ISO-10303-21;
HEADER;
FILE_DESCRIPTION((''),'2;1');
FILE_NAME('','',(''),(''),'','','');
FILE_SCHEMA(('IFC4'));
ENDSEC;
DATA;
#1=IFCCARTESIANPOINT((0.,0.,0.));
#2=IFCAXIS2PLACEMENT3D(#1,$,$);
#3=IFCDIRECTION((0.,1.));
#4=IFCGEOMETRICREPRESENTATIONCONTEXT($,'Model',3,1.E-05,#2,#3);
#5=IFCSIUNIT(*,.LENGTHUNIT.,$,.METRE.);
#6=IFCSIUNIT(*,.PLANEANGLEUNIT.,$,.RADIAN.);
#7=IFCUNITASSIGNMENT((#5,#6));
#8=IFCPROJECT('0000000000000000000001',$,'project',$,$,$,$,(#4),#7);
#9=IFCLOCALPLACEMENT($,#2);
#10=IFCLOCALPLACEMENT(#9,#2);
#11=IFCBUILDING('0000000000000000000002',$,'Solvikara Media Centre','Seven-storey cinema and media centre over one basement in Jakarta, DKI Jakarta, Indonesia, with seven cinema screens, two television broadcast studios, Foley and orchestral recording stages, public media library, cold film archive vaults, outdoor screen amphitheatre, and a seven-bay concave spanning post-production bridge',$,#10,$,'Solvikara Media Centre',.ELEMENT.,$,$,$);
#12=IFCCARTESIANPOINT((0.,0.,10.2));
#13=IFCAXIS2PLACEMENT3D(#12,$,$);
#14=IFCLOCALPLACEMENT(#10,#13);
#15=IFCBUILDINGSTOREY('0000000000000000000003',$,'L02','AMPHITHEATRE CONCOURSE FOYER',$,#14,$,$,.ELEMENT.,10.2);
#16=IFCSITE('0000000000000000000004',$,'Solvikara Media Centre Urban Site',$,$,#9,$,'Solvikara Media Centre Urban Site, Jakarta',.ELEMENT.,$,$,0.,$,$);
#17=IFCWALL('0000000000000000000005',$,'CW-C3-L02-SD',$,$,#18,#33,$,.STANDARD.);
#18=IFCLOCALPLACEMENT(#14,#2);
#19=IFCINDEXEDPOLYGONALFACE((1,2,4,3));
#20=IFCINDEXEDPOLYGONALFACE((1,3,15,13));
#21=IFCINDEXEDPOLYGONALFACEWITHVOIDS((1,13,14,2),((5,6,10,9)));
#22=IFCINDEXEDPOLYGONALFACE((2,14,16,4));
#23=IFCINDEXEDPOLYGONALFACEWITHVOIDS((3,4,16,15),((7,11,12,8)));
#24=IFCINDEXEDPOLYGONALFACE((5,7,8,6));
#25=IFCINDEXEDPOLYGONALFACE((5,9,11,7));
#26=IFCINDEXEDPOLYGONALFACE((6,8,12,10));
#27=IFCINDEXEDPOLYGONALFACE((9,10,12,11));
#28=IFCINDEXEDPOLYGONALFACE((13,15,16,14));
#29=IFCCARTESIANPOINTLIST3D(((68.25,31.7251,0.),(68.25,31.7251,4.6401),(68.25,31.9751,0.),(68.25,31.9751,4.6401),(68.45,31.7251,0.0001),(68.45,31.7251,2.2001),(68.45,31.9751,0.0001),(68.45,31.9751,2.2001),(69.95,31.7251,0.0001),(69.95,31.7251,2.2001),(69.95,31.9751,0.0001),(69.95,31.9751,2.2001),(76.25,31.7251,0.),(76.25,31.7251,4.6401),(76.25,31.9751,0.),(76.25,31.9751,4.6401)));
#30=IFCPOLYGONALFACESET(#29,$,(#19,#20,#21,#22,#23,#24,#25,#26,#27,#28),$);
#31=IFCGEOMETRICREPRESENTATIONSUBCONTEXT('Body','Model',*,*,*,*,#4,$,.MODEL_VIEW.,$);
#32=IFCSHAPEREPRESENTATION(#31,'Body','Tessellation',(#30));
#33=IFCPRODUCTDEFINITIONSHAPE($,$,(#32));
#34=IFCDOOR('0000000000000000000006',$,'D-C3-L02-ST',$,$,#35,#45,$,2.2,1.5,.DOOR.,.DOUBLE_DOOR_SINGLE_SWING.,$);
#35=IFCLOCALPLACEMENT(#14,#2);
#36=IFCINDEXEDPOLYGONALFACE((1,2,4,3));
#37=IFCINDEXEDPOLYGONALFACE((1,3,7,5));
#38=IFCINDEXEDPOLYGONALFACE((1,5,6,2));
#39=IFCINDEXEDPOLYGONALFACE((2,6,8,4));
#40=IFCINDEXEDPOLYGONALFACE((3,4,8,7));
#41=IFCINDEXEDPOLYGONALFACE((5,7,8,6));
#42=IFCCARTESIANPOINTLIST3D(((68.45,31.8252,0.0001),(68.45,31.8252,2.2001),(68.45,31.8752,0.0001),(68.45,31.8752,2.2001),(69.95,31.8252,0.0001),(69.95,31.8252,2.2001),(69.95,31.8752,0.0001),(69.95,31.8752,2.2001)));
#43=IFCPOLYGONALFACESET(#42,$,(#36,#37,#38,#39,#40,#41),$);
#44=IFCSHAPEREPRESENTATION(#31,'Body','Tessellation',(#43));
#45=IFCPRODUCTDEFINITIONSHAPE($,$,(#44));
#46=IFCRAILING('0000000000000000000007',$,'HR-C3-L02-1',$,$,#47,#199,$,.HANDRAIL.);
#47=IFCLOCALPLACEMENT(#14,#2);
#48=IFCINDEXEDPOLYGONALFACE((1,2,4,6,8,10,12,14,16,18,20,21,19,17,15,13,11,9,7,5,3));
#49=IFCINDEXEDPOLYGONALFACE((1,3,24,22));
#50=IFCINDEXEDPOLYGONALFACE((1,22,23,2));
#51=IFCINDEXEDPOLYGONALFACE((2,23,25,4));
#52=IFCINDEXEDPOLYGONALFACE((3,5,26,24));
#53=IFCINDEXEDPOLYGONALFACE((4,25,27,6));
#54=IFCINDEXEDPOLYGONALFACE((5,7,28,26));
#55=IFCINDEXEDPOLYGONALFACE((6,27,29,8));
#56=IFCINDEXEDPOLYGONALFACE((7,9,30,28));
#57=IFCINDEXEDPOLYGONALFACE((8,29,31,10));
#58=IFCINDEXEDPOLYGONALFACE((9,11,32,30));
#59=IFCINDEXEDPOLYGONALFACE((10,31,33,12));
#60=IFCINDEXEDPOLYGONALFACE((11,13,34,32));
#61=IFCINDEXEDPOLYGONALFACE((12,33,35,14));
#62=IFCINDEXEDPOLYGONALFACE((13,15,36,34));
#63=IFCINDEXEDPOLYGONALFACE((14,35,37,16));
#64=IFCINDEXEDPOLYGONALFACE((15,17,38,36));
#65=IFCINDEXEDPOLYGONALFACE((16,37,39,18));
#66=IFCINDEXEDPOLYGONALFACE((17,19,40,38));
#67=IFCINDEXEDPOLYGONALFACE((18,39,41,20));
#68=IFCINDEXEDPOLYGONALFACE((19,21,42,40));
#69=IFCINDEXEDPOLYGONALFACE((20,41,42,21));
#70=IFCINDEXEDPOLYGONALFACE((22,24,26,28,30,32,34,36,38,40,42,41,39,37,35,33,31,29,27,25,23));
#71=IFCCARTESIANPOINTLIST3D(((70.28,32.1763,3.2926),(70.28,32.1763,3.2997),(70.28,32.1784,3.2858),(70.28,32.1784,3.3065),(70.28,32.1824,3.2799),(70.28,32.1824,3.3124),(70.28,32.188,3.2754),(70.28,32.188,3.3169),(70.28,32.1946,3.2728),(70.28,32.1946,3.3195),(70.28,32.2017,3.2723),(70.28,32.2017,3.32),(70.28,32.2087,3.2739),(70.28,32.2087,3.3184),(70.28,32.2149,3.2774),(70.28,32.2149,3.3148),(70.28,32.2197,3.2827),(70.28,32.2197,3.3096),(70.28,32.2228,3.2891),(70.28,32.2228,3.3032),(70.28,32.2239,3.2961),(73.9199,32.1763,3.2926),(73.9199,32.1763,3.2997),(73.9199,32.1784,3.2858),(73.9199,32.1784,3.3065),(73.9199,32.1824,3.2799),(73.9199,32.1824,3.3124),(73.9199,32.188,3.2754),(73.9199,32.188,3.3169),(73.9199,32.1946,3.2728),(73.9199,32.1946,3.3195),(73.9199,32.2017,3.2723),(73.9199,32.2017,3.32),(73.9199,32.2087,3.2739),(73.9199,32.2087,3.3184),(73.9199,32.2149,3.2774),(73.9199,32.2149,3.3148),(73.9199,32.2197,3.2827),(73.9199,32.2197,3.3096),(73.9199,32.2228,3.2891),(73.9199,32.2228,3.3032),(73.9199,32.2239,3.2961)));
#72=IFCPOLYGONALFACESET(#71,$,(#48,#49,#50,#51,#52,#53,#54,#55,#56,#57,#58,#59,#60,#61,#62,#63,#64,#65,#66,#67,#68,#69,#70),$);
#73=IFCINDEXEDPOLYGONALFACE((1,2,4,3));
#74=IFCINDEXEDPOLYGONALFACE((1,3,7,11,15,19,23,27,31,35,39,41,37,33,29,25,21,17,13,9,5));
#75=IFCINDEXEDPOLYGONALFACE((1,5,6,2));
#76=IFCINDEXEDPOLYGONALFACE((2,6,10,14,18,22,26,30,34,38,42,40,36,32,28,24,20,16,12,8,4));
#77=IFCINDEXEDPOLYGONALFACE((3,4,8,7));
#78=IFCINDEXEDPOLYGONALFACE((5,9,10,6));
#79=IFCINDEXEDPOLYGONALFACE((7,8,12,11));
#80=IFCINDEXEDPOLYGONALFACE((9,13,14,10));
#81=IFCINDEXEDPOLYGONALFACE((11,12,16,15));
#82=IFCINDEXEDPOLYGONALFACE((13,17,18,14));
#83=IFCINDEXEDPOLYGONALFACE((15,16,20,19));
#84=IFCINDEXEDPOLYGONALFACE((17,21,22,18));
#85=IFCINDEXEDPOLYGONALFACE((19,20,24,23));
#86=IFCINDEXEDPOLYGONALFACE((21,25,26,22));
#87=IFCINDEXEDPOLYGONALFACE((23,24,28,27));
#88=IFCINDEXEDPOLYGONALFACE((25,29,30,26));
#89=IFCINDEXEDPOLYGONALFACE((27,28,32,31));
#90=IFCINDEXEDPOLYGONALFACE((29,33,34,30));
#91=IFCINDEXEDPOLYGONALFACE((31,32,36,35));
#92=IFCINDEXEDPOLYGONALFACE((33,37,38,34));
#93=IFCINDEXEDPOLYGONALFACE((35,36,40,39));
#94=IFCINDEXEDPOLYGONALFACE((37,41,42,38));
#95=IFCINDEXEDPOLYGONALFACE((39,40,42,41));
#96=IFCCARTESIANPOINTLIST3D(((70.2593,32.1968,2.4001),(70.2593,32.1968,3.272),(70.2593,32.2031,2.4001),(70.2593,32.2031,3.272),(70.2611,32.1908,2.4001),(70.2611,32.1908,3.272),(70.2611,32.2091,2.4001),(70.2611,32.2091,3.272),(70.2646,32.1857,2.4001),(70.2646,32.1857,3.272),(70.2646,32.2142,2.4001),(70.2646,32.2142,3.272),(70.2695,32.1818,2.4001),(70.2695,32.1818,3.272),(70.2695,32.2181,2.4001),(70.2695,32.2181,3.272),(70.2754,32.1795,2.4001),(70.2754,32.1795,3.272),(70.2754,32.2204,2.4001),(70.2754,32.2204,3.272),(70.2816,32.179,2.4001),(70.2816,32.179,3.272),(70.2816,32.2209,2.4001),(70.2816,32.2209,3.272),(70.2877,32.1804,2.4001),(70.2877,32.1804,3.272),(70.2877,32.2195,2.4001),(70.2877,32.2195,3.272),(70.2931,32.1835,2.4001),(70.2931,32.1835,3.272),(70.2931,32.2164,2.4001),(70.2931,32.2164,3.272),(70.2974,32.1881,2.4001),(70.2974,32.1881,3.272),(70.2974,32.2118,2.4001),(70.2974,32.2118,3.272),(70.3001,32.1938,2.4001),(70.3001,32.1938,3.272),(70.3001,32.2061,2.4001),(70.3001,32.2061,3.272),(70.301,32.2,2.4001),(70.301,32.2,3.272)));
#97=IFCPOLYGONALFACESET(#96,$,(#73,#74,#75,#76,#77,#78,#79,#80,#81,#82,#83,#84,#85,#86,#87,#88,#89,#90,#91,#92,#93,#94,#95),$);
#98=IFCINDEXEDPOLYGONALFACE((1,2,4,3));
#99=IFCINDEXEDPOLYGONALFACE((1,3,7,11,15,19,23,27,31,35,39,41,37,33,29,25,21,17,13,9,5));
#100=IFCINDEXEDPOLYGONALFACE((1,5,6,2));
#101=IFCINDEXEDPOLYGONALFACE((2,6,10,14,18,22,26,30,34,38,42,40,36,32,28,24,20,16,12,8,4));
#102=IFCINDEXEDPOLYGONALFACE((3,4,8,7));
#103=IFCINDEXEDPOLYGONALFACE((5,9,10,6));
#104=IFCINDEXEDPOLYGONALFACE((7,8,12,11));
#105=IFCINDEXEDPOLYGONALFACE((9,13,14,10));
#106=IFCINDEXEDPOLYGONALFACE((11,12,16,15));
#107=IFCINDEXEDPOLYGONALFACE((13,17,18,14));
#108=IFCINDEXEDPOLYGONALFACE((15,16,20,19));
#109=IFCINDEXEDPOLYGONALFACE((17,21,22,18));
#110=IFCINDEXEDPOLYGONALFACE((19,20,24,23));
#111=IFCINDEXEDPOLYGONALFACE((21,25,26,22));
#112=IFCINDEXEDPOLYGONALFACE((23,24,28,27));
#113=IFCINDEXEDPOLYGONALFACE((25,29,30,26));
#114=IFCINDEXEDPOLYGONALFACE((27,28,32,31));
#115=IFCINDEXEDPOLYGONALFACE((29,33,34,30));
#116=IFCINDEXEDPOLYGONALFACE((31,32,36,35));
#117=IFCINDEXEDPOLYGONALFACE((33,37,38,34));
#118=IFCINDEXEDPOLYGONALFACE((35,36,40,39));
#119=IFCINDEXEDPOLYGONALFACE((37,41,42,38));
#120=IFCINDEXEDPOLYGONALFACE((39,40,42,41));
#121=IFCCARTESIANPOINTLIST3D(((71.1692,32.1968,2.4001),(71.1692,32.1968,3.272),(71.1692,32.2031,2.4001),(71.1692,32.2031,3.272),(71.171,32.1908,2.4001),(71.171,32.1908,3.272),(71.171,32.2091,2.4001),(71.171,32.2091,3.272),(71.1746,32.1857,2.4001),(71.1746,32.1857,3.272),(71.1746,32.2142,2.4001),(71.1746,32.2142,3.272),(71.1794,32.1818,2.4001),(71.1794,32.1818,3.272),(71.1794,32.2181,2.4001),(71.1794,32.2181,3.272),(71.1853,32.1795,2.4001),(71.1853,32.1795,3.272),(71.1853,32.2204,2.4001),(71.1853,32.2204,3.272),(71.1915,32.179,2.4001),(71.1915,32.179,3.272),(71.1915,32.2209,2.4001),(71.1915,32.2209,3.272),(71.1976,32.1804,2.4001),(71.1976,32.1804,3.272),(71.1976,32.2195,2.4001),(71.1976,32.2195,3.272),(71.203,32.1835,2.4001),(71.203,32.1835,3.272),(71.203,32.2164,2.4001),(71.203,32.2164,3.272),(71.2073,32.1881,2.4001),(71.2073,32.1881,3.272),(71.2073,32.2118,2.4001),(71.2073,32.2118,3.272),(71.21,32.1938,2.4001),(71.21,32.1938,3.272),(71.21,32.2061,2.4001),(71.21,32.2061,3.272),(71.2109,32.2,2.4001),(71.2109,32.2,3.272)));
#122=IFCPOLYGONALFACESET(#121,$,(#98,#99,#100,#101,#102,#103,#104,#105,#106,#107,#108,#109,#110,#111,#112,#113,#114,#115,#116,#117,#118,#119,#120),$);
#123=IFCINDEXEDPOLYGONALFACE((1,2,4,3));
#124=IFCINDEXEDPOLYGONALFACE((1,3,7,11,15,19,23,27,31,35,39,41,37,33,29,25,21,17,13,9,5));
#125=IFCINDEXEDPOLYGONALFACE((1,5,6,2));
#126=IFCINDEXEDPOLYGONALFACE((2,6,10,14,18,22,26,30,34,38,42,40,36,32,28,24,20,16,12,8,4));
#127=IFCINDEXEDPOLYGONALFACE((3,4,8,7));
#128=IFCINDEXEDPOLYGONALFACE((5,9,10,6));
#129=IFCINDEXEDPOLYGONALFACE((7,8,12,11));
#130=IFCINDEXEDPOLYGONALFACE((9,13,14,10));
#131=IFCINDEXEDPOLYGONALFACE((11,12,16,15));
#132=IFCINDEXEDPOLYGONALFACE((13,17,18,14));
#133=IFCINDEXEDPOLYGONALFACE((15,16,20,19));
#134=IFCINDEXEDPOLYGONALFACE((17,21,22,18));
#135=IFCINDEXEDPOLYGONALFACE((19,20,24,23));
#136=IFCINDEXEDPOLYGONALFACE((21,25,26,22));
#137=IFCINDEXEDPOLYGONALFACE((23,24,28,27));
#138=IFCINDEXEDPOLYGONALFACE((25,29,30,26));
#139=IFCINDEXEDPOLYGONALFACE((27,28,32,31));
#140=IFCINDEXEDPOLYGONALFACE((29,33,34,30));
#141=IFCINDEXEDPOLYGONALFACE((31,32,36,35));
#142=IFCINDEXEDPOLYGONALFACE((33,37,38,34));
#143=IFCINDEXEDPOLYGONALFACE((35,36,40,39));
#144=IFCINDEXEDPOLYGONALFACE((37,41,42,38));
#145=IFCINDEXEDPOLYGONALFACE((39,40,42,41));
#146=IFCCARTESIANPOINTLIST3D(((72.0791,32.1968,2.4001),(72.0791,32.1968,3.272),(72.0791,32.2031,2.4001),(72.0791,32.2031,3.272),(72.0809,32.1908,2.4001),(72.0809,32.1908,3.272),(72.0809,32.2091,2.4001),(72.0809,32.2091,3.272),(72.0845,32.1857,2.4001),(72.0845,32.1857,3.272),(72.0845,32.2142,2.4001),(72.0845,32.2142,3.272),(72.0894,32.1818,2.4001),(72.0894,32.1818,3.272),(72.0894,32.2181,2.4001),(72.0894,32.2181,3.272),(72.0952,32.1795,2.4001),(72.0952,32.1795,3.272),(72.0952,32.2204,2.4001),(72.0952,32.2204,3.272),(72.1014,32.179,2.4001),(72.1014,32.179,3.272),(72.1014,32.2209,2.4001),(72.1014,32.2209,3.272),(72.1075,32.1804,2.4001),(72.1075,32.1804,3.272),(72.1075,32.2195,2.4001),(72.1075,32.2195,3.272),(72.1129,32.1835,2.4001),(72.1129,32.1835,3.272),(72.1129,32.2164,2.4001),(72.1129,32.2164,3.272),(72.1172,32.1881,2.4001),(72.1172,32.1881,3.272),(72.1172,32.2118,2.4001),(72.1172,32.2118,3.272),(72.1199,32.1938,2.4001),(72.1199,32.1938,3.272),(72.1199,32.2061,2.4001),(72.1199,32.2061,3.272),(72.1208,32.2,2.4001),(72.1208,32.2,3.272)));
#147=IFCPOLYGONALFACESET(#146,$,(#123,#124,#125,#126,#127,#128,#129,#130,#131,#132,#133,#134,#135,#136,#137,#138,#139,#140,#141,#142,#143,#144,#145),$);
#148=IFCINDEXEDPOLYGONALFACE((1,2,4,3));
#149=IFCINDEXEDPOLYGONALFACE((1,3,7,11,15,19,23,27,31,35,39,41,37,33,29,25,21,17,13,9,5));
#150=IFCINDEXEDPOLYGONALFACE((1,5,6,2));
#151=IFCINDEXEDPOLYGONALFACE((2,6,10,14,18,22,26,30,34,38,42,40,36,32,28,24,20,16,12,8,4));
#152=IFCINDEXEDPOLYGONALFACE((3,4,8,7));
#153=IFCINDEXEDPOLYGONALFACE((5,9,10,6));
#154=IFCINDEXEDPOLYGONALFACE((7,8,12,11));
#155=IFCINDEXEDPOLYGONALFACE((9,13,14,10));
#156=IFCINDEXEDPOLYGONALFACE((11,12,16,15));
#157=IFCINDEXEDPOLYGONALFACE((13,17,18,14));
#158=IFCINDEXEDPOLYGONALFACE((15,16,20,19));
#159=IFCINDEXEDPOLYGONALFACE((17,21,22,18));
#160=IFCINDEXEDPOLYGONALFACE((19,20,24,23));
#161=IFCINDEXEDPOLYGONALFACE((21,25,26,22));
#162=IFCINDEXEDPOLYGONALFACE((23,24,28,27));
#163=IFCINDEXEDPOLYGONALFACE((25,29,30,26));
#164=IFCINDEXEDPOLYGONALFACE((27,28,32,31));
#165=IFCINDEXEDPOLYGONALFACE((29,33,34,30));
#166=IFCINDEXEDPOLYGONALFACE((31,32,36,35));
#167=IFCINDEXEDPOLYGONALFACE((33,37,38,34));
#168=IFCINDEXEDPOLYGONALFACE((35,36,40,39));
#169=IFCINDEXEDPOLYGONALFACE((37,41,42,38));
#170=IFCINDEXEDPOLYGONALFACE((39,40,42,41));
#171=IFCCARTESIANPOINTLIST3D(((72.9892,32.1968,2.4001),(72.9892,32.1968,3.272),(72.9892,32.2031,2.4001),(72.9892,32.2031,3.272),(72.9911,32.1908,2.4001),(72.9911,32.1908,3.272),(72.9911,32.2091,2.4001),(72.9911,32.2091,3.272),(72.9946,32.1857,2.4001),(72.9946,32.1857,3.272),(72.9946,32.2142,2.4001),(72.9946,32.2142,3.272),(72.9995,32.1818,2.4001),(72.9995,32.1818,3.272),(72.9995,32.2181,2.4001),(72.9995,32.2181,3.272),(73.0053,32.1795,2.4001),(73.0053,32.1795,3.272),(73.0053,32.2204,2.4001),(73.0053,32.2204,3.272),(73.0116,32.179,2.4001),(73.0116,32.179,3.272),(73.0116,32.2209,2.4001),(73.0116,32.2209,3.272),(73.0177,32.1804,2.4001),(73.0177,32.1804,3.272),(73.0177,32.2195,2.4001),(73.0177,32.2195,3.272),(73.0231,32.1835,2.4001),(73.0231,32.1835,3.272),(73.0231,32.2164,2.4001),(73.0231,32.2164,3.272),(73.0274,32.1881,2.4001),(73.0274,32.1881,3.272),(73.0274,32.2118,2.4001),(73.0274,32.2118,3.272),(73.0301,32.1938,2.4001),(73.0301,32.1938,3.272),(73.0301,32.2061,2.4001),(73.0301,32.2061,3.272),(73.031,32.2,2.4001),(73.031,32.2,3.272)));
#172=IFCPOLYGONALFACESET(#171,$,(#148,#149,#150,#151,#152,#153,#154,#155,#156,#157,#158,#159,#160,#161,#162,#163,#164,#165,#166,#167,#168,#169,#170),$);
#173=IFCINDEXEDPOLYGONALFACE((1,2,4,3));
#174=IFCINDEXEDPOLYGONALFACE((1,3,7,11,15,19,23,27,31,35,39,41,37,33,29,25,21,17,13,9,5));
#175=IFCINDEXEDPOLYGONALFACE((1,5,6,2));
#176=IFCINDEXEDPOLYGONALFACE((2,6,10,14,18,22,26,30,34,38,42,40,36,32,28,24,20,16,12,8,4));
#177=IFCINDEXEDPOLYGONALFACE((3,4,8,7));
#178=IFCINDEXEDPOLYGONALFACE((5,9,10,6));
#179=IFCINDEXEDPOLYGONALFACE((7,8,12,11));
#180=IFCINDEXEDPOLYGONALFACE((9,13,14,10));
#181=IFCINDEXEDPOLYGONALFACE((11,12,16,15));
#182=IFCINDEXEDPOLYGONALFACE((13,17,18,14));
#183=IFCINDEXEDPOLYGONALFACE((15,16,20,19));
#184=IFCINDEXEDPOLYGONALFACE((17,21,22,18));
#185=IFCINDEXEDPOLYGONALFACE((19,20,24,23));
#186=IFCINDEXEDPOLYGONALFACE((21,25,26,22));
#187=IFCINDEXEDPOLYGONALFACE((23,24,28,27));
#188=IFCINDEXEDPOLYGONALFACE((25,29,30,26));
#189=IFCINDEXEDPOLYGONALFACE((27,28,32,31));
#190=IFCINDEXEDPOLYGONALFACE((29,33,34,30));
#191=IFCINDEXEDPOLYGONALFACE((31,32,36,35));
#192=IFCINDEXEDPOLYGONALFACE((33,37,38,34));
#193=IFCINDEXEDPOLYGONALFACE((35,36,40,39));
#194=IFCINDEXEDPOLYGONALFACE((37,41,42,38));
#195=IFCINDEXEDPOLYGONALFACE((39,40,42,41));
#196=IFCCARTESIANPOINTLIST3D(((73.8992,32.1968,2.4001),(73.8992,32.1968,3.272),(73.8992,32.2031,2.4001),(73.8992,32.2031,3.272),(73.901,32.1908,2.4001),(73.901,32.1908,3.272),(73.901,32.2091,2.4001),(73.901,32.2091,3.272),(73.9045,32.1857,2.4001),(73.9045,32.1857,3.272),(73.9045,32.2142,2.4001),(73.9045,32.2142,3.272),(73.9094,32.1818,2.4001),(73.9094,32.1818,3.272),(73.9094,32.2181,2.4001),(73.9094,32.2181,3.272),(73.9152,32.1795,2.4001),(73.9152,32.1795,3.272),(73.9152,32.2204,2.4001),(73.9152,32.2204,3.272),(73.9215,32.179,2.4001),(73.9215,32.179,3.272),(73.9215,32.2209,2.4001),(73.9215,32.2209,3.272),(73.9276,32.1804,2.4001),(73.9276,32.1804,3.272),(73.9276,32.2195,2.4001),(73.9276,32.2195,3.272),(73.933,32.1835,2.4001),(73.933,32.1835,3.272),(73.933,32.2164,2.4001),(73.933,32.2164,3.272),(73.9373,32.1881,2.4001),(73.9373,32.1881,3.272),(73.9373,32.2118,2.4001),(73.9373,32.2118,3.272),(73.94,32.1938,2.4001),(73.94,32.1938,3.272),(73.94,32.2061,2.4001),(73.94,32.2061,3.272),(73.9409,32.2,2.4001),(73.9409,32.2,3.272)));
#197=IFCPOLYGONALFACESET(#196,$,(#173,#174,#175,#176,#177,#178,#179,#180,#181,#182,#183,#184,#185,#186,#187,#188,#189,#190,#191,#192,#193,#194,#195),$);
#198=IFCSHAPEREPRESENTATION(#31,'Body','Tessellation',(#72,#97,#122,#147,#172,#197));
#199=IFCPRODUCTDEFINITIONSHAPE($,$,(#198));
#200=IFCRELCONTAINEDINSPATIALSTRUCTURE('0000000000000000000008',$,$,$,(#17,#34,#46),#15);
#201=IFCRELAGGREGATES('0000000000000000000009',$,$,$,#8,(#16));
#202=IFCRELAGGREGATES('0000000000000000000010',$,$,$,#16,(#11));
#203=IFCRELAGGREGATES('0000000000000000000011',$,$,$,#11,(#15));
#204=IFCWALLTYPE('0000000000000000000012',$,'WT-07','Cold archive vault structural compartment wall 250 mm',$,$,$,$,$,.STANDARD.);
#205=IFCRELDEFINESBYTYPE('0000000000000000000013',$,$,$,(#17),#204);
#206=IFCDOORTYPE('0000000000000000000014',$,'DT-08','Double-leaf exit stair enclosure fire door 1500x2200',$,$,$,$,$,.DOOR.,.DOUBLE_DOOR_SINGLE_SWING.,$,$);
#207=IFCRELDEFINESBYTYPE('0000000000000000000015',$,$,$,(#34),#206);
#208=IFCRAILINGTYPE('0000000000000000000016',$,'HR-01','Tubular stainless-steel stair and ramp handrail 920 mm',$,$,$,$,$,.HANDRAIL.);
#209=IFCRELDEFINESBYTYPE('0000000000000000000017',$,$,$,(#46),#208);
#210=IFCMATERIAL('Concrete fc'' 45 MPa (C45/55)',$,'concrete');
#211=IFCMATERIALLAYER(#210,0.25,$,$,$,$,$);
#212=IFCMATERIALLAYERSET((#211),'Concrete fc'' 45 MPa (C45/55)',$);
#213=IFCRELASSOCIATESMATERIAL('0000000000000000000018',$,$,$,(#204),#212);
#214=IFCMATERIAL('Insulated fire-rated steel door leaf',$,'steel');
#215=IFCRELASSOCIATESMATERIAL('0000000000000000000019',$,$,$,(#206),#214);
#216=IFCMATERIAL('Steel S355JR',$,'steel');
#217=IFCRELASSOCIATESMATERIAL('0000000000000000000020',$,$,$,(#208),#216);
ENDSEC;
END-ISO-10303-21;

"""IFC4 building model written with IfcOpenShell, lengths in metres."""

from ifc_helpers import new_model, si_unit, direction, frame, frame_2d, origin, origin_2d, place, context, subcontext, project, spatial, rectangle, circle, extrude, material, layer, layer_set, type_object, element, fill, save


model = new_model("IFC4")

# Units and contexts
model_context = context("Model", 3, precision=1e-05, world=origin(), true_north=direction((0.0, 1.0)))
body_context = subcontext(model_context, "Body", "Model", "MODEL_VIEW")
ifc_project = project(units=[si_unit("LENGTHUNIT", "METRE"), si_unit("PLANEANGLEUNIT", "RADIAN")], contexts=[model_context])

# Site, building, storey
site_placement = place(None, origin())
site = spatial("IfcSite", under=ifc_project, at=site_placement, Name="Solvikara Media Centre Urban Site", LongName="Solvikara Media Centre Urban Site, Jakarta", CompositionType="ELEMENT", RefElevation=0.0)
building_placement = place(site_placement, origin())
building = spatial("IfcBuilding", under=site, at=building_placement, Name="Solvikara Media Centre", Description="Seven-storey cinema and media centre over one basement in Jakarta, DKI Jakarta, Indonesia, with seven cinema screens, two television broadcast studios, Foley and orchestral recording stages, public media library, cold film archive vaults, outdoor screen amphitheatre, and a seven-bay concave spanning post-production bridge", LongName="Solvikara Media Centre", CompositionType="ELEMENT")
storey_placement = place(building_placement, frame((0.0, 0.0, 10.2)))
storey = spatial("IfcBuildingStorey", under=building, at=storey_placement, Name="L02", Description="AMPHITHEATRE CONCOURSE FOYER", CompositionType="ELEMENT", Elevation=10.2)

# Shared definitions
ifc_material_1 = material(Name="Concrete fc' 45 MPa (C45/55)", Category="concrete")

# Shared definitions
ifc_material_2 = material(Name="Steel S355JR", Category="steel")

# Wall, opening, door
ifc_material_3 = material(Name="Insulated fire-rated steel door leaf", Category="steel")
ifc_layer_1 = layer(ifc_material_1, 0.25)
ifc_layer_set_1 = layer_set([ifc_layer_1], Name="Concrete fc' 45 MPa (C45/55)")
wall_type_1 = type_object("IfcWallType", Name="WT-07", Description="Cold archive vault structural compartment wall 250 mm", PredefinedType="STANDARD", material=ifc_layer_set_1)
wall_1_placement = place(storey_placement, frame((68.25, 31.8501, 0.0), z_axis=(0.0, 0.0, 1.0), x_axis=(1.0, 0.0, 0.0)))
wall_1 = element("IfcWall", 1, at=wall_1_placement, inside=storey, type_object=wall_type_1, Name="CW-C3-L02-SD", PredefinedType="STANDARD", context=body_context, shape_type="SweptSolid", body=[
    extrude(rectangle(XDim=8.0, YDim=0.25, at=frame_2d((4.0, 0.0))), origin(), (0.0, 0.0, 1.0), 4.6401),
])
opening_1_placement = place(wall_1_placement, frame((0.2, 0.0, 0.0)))
opening_1 = element("IfcOpeningElement", 2, at=opening_1_placement, cuts=wall_1, PredefinedType="OPENING", context=body_context, shape_type="SweptSolid", body=[
    extrude(rectangle(XDim=1.5, YDim=2.2, at=frame_2d((0.75, 1.1001))), frame((0.0, 0.137, 0.0), z_axis=(0.0, -1.0, 0.0), x_axis=(1.0, 0.0, 0.0)), (0.0, 0.0, 1.0), 0.2739),
])
door_type_1 = type_object("IfcDoorType", Name="DT-08", Description="Double-leaf exit stair enclosure fire door 1500x2200", OperationType="DOUBLE_DOOR_SINGLE_SWING", PredefinedType="DOOR", material=ifc_material_3)
door_1_placement = place(opening_1_placement, frame((1.5, 0.0, 0.0), z_axis=(0.0, 0.0, 1.0), x_axis=(-1.0, 0.0, 0.0)))
door_1 = element("IfcDoor", 3, at=door_1_placement, inside=storey, type_object=door_type_1, Name="D-C3-L02-ST", OperationType="DOUBLE_DOOR_SINGLE_SWING", OverallHeight=2.2, OverallWidth=1.5, PredefinedType="DOOR", context=body_context, shape_type="SweptSolid", body=[
    extrude(rectangle(XDim=1.5, YDim=2.2, at=frame_2d((0.75, 1.1001))), frame((0.0, 0.0249, 0.0), z_axis=(0.0, -1.0, 0.0), x_axis=(1.0, 0.0, 0.0)), (0.0, 0.0, 1.0), 0.05),
])
fill(opening_1, door_1)

# Railing
railing_type = type_object("IfcRailingType", Name="HR-01", Description="Tubular stainless-steel stair and ramp handrail 920 mm", PredefinedType="HANDRAIL", material=ifc_material_2)
railing_placement = place(storey_placement, frame((70.28, 32.2, 2.4001)))
element("IfcRailing", 4, at=railing_placement, inside=storey, type_object=railing_type, Name="HR-C3-L02-1", PredefinedType="HANDRAIL", context=body_context, shape_type="SweptSolid", body=[
    extrude(circle(Radius=0.0239, at=origin_2d()), frame((0.0, 0.0, 0.896), z_axis=(1.0, 0.0, 0.0), x_axis=(0.0, 1.0, 0.0)), (0.0, 0.0, 1.0), 3.6399),
    extrude(circle(Radius=0.021, at=origin_2d()), origin(), (0.0, 0.0, 1.0), 0.8718),
    extrude(circle(Radius=0.021, at=origin_2d()), frame((0.9099, 0.0, 0.0)), (0.0, 0.0, 1.0), 0.8718),
    extrude(circle(Radius=0.021, at=origin_2d()), frame((1.8198, 0.0, 0.0)), (0.0, 0.0, 1.0), 0.8718),
    extrude(circle(Radius=0.021, at=origin_2d()), frame((2.73, 0.0, 0.0)), (0.0, 0.0, 1.0), 0.8718),
    extrude(circle(Radius=0.021, at=origin_2d()), frame((3.6399, 0.0, 0.0)), (0.0, 0.0, 1.0), 0.8718),
])

save(model, "model.ifc")
